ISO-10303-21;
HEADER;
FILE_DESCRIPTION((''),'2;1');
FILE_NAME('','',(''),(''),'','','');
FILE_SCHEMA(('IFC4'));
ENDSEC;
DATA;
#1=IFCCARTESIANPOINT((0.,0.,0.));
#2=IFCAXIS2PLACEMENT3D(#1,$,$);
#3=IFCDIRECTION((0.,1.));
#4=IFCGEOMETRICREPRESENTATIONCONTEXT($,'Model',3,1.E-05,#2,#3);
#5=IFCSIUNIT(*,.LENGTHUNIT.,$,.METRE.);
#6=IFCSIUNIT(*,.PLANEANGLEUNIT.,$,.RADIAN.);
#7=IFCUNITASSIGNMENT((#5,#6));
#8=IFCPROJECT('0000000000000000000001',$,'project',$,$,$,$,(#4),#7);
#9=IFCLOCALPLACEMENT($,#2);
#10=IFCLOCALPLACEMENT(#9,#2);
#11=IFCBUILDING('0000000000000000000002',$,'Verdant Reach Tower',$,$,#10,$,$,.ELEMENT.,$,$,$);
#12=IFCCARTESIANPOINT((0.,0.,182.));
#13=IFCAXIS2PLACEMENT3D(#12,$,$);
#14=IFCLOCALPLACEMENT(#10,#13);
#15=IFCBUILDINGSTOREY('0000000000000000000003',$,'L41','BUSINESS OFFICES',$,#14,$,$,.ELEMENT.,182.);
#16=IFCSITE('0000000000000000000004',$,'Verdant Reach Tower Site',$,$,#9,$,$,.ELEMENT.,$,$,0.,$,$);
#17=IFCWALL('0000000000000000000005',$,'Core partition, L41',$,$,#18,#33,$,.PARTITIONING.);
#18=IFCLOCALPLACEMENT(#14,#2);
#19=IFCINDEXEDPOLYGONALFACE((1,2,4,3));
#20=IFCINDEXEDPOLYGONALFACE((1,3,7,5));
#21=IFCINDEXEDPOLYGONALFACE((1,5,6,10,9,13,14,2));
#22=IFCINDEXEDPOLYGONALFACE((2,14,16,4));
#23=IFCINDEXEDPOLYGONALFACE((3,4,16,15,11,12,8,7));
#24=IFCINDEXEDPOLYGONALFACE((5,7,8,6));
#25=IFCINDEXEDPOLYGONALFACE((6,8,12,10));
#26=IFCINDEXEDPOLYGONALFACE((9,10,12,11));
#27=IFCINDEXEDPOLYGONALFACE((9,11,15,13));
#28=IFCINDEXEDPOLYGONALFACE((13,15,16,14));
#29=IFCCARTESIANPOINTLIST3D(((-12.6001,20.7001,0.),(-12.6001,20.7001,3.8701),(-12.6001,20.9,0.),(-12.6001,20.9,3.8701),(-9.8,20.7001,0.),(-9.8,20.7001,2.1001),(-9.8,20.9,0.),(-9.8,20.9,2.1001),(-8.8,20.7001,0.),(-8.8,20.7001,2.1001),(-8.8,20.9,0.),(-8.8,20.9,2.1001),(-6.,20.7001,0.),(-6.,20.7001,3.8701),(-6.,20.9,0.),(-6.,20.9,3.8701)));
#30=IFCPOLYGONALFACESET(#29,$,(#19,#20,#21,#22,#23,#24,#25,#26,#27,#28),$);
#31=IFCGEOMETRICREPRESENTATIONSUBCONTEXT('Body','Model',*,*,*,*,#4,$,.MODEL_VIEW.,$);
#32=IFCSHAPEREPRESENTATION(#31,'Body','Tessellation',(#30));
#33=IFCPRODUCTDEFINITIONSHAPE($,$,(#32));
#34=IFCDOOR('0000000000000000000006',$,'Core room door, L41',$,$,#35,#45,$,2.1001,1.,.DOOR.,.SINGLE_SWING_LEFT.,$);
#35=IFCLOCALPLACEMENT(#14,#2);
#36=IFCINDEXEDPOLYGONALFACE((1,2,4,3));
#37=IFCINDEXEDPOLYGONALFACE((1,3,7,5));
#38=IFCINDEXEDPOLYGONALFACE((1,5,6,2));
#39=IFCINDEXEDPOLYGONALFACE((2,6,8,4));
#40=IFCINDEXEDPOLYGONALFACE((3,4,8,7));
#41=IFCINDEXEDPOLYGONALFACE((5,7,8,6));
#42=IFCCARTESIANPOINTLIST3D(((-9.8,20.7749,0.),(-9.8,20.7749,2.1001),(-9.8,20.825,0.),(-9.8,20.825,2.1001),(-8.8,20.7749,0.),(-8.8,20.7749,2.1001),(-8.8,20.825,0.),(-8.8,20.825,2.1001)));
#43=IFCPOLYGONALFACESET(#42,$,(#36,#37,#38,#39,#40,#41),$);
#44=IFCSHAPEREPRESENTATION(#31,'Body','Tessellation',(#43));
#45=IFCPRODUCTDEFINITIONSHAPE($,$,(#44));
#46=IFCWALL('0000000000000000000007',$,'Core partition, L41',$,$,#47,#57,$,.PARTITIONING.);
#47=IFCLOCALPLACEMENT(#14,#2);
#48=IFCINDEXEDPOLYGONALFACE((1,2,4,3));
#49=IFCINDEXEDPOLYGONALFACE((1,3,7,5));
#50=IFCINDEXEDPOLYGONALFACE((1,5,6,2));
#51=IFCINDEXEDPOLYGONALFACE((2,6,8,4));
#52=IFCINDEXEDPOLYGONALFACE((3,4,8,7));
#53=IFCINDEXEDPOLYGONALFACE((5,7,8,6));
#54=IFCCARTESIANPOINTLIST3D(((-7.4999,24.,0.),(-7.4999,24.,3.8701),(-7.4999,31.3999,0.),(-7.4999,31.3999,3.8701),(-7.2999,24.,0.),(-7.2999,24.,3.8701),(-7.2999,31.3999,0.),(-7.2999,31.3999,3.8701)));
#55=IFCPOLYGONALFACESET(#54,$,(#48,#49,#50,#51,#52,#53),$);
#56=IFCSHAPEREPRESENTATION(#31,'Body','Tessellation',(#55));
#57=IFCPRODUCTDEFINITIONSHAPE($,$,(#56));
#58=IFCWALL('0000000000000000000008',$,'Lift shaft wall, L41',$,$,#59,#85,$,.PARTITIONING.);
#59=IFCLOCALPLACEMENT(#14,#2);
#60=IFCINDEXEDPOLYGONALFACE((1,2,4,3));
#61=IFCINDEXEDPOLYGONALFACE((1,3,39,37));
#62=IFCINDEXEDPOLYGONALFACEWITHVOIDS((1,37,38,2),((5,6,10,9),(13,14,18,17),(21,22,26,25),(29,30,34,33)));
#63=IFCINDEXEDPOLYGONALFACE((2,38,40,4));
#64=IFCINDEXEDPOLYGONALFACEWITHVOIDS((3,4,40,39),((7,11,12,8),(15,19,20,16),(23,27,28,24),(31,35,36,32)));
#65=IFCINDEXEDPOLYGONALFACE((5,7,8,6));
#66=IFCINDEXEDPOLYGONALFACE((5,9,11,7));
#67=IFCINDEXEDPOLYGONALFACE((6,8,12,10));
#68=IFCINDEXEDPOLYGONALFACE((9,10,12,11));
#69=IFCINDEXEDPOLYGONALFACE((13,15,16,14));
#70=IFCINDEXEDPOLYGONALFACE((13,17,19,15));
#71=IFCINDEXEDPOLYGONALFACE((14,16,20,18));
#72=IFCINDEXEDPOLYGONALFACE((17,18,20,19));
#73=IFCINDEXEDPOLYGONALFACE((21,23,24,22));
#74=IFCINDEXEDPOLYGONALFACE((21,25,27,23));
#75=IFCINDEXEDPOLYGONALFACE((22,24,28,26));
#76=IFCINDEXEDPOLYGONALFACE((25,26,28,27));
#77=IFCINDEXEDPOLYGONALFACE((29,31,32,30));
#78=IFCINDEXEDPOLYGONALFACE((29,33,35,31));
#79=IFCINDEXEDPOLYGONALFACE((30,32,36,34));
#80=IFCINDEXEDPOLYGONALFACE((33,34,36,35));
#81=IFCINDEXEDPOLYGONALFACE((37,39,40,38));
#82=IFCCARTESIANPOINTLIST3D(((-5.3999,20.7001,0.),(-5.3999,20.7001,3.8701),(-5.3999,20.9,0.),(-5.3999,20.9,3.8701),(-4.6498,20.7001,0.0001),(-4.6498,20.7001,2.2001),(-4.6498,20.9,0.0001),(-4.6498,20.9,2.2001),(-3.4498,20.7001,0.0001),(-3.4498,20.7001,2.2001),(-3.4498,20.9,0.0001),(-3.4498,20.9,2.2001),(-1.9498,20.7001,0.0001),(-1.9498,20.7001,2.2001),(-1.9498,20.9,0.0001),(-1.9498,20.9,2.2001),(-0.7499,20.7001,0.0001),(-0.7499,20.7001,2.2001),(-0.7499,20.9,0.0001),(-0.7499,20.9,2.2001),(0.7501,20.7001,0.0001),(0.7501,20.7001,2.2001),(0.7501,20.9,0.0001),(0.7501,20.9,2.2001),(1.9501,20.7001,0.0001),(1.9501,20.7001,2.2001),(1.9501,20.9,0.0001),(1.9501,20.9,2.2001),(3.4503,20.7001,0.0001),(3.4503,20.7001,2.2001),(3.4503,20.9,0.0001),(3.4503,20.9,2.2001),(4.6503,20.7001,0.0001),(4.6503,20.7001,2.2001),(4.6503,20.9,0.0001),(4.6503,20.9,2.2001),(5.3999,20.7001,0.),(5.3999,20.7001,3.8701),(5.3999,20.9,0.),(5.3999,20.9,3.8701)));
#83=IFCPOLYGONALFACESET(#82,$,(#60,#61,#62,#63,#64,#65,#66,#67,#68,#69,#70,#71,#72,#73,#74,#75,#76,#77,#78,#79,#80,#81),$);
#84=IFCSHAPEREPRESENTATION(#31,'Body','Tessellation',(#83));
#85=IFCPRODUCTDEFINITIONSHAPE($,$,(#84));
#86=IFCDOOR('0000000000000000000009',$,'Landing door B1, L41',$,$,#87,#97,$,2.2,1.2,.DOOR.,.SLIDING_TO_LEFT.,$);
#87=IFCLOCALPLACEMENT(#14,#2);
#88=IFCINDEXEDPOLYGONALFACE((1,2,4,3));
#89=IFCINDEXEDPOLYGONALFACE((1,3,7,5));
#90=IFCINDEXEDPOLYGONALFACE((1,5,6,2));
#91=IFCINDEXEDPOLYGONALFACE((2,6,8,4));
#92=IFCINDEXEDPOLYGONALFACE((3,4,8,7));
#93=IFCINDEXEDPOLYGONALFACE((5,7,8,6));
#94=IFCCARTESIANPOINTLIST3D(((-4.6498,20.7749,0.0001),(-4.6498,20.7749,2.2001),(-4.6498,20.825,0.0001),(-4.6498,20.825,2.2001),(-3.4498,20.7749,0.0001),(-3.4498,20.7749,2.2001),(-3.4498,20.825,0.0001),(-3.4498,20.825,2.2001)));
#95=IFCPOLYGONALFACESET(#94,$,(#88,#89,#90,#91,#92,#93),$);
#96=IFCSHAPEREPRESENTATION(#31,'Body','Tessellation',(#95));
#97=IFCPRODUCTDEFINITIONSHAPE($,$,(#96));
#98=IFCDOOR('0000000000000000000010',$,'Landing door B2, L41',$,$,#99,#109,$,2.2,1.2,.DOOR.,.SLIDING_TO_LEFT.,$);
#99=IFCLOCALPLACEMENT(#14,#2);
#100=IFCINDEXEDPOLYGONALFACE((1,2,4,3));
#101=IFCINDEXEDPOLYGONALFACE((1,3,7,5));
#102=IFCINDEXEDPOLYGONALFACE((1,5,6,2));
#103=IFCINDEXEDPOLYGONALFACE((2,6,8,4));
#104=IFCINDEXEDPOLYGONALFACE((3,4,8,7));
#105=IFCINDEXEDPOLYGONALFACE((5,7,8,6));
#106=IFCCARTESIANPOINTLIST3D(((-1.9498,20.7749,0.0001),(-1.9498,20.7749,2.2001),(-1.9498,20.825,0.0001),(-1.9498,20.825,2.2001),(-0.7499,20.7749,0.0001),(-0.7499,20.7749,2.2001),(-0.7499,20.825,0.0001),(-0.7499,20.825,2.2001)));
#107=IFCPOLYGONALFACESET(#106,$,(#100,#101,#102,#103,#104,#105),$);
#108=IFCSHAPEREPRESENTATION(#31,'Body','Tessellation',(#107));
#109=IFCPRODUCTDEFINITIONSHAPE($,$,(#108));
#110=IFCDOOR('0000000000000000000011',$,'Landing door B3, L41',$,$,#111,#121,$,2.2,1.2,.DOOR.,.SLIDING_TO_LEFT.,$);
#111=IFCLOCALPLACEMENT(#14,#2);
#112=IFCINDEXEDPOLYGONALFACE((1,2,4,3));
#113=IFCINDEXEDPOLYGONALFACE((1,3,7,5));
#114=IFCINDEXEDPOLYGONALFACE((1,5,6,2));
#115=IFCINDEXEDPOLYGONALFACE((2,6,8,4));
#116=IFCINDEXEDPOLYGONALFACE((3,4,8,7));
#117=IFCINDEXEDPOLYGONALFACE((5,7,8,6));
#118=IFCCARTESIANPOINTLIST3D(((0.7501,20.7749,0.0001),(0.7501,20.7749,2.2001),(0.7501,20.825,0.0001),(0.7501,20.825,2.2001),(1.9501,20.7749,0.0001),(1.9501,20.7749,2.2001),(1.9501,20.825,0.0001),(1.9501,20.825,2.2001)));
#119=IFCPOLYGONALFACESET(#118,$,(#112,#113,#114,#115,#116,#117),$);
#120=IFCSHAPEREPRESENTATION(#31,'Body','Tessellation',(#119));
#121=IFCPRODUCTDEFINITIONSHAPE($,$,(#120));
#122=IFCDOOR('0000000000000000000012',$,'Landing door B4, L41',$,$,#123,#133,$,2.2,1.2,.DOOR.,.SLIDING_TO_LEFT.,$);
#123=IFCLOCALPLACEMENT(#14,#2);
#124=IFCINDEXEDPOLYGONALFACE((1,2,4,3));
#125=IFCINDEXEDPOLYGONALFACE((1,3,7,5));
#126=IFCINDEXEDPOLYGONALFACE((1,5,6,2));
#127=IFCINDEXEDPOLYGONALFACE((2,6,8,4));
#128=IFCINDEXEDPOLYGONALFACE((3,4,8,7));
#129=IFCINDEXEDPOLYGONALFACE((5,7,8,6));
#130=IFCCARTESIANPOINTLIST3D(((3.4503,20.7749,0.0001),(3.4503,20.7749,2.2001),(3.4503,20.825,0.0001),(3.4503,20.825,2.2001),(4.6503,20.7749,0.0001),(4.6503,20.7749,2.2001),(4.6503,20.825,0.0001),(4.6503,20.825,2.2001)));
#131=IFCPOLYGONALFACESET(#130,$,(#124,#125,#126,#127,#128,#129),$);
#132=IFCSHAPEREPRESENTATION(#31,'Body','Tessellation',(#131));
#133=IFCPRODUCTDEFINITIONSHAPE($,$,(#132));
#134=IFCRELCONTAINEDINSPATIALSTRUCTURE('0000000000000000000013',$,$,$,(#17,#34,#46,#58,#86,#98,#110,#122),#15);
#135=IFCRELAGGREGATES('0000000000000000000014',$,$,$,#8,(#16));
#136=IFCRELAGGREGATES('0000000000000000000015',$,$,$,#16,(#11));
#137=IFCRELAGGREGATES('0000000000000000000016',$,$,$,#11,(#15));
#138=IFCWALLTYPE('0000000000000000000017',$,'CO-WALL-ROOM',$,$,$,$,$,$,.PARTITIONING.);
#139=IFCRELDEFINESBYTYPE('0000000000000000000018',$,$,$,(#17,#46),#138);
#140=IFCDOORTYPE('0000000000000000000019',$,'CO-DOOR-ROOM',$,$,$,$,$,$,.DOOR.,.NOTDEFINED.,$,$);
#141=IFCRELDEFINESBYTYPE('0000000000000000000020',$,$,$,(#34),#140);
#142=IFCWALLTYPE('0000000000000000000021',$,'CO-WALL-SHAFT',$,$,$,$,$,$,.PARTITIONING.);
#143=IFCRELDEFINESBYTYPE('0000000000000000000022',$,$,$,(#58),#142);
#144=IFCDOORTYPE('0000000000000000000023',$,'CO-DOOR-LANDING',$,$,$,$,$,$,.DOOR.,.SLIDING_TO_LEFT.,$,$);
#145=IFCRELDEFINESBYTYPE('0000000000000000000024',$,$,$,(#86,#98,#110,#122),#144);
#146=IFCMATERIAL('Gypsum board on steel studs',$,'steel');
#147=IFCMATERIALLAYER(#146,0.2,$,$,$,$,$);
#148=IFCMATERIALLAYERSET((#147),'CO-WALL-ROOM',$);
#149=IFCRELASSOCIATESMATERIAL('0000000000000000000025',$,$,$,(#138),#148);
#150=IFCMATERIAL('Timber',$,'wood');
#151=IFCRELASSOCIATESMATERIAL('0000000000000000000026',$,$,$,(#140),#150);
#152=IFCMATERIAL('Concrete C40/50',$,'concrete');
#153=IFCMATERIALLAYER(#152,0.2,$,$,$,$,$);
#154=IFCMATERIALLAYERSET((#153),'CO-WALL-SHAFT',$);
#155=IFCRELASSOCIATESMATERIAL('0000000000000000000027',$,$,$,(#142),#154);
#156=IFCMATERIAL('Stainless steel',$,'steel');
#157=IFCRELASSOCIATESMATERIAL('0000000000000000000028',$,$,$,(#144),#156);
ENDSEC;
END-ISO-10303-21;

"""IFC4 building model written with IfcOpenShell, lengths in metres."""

from ifc_helpers import new_model, si_unit, direction, frame, frame_2d, origin, place, context, subcontext, project, spatial, rectangle, extrude, material, layer, layer_set, type_object, element, fill, save


model = new_model("IFC4")

# Units and contexts
model_context = context("Model", 3, precision=1e-05, world=origin(), true_north=direction((0.0, 1.0)))
body_context = subcontext(model_context, "Body", "Model", "MODEL_VIEW")
ifc_project = project(units=[si_unit("LENGTHUNIT", "METRE"), si_unit("PLANEANGLEUNIT", "RADIAN")], contexts=[model_context])

# Site, building, storey
site_placement = place(None, origin())
site = spatial("IfcSite", under=ifc_project, at=site_placement, Name="Verdant Reach Tower Site", CompositionType="ELEMENT", RefElevation=0.0)
building_placement = place(site_placement, origin())
building = spatial("IfcBuilding", under=site, at=building_placement, Name="Verdant Reach Tower", CompositionType="ELEMENT")
storey_placement = place(building_placement, frame((0.0, 0.0, 182.0)))
storey = spatial("IfcBuildingStorey", under=building, at=storey_placement, Name="L41", Description="BUSINESS OFFICES", CompositionType="ELEMENT", Elevation=182.0)

# Wall, opening, door
ifc_material_1 = material(Name="Gypsum board on steel studs", Category="steel")
ifc_layer_1 = layer(ifc_material_1, 0.2)
ifc_layer_set_1 = layer_set([ifc_layer_1], Name="CO-WALL-ROOM")
wall_type_1 = type_object("IfcWallType", Name="CO-WALL-ROOM", PredefinedType="PARTITIONING", material=ifc_layer_set_1)
wall_1_placement = place(storey_placement, frame((-12.6001, 20.8, 0.0), z_axis=(0.0, 0.0, 1.0), x_axis=(1.0, 0.0, 0.0)))
wall_1 = element("IfcWall", 1, at=wall_1_placement, inside=storey, type_object=wall_type_1, Name="Core partition, L41", PredefinedType="PARTITIONING", context=body_context, shape_type="SweptSolid", body=[
    extrude(rectangle(XDim=6.6001, YDim=0.2, at=frame_2d((3.3, 0.0))), origin(), (0.0, 0.0, 1.0), 3.8701),
])
opening_1_placement = place(wall_1_placement, frame((2.8, 0.0, 0.0)))
opening_1 = element("IfcOpeningElement", 2, at=opening_1_placement, cuts=wall_1, PredefinedType="OPENING", context=body_context, shape_type="SweptSolid", body=[
    extrude(rectangle(XDim=1.0, YDim=2.1001, at=frame_2d((0.5, 1.05))), frame((0.0, 0.1099, 0.0), z_axis=(0.0, -1.0, 0.0), x_axis=(1.0, 0.0, 0.0)), (0.0, 0.0, 1.0), 0.22),
])
ifc_material_2 = material(Name="Timber", Category="wood")
door_type_1 = type_object("IfcDoorType", Name="CO-DOOR-ROOM", OperationType="NOTDEFINED", PredefinedType="DOOR", material=ifc_material_2)
door_1_placement = place(opening_1_placement, origin())
door_1 = element("IfcDoor", 3, at=door_1_placement, inside=storey, type_object=door_type_1, Name="Core room door, L41", OperationType="SINGLE_SWING_LEFT", OverallHeight=2.1001, OverallWidth=1.0, PredefinedType="DOOR", context=body_context, shape_type="SweptSolid", body=[
    extrude(rectangle(XDim=1.0, YDim=2.1001, at=frame_2d((0.5, 1.05))), frame((0.0, 0.0249, 0.0), z_axis=(0.0, -1.0, 0.0), x_axis=(1.0, 0.0, 0.0)), (0.0, 0.0, 1.0), 0.05),
])
fill(opening_1, door_1)

# Wall
wall_2_placement = place(storey_placement, frame((-7.3999, 24.0, 0.0), z_axis=(0.0, 0.0, 1.0), x_axis=(0.0, 1.0, 0.0)))
element("IfcWall", 4, at=wall_2_placement, inside=storey, type_object=wall_type_1, Name="Core partition, L41", PredefinedType="PARTITIONING", context=body_context, shape_type="SweptSolid", body=[
    extrude(rectangle(XDim=7.3999, YDim=0.2, at=frame_2d((3.7, 0.0))), origin(), (0.0, 0.0, 1.0), 3.8701),
])

# Wall, openings, doors
ifc_material_3 = material(Name="Concrete C40/50", Category="concrete")
ifc_layer_2 = layer(ifc_material_3, 0.2)
ifc_layer_set_2 = layer_set([ifc_layer_2], Name="CO-WALL-SHAFT")
wall_type_2 = type_object("IfcWallType", Name="CO-WALL-SHAFT", PredefinedType="PARTITIONING", material=ifc_layer_set_2)
wall_3_placement = place(storey_placement, frame((-5.3999, 20.8, 0.0), z_axis=(0.0, 0.0, 1.0), x_axis=(1.0, 0.0, 0.0)))
wall_3 = element("IfcWall", 5, at=wall_3_placement, inside=storey, type_object=wall_type_2, Name="Lift shaft wall, L41", PredefinedType="PARTITIONING", context=body_context, shape_type="SweptSolid", body=[
    extrude(rectangle(XDim=10.7998, YDim=0.2, at=frame_2d((5.3999, 0.0))), origin(), (0.0, 0.0, 1.0), 3.8701),
])
opening_2_placement = place(wall_3_placement, frame((0.75, 0.0, 0.0)))
opening_2 = element("IfcOpeningElement", 6, at=opening_2_placement, cuts=wall_3, PredefinedType="OPENING", context=body_context, shape_type="SweptSolid", body=[
    extrude(rectangle(XDim=1.2, YDim=2.2, at=frame_2d((0.6001, 1.1001))), frame((0.0, 0.1099, 0.0), z_axis=(0.0, -1.0, 0.0), x_axis=(1.0, 0.0, 0.0)), (0.0, 0.0, 1.0), 0.22),
])
opening_3_placement = place(wall_3_placement, frame((3.45, 0.0, 0.0)))
opening_3 = element("IfcOpeningElement", 7, at=opening_3_placement, cuts=wall_3, PredefinedType="OPENING", context=body_context, shape_type="SweptSolid", body=[
    extrude(rectangle(XDim=1.2, YDim=2.2, at=frame_2d((0.6001, 1.1001))), frame((0.0, 0.1099, 0.0), z_axis=(0.0, -1.0, 0.0), x_axis=(1.0, 0.0, 0.0)), (0.0, 0.0, 1.0), 0.22),
])
opening_4_placement = place(wall_3_placement, frame((6.1499, 0.0, 0.0)))
opening_4 = element("IfcOpeningElement", 8, at=opening_4_placement, cuts=wall_3, PredefinedType="OPENING", context=body_context, shape_type="SweptSolid", body=[
    extrude(rectangle(XDim=1.2, YDim=2.2, at=frame_2d((0.6001, 1.1001))), frame((0.0, 0.1099, 0.0), z_axis=(0.0, -1.0, 0.0), x_axis=(1.0, 0.0, 0.0)), (0.0, 0.0, 1.0), 0.22),
])
opening_5_placement = place(wall_3_placement, frame((8.8501, 0.0, 0.0)))
opening_5 = element("IfcOpeningElement", 9, at=opening_5_placement, cuts=wall_3, PredefinedType="OPENING", context=body_context, shape_type="SweptSolid", body=[
    extrude(rectangle(XDim=1.2, YDim=2.2, at=frame_2d((0.6001, 1.1001))), frame((0.0, 0.1099, 0.0), z_axis=(0.0, -1.0, 0.0), x_axis=(1.0, 0.0, 0.0)), (0.0, 0.0, 1.0), 0.22),
])
ifc_material_4 = material(Name="Stainless steel", Category="steel")
door_type_2 = type_object("IfcDoorType", Name="CO-DOOR-LANDING", OperationType="SLIDING_TO_LEFT", PredefinedType="DOOR", material=ifc_material_4)
door_2_placement = place(opening_2_placement, origin())
door_2 = element("IfcDoor", 10, at=door_2_placement, inside=storey, type_object=door_type_2, Name="Landing door B1, L41", OperationType="SLIDING_TO_LEFT", OverallHeight=2.2, OverallWidth=1.2, PredefinedType="DOOR", context=body_context, shape_type="SweptSolid", body=[
    extrude(rectangle(XDim=1.2, YDim=2.2, at=frame_2d((0.6001, 1.1001))), frame((0.0, 0.0249, 0.0), z_axis=(0.0, -1.0, 0.0), x_axis=(1.0, 0.0, 0.0)), (0.0, 0.0, 1.0), 0.05),
])
fill(opening_2, door_2)
door_3_placement = place(opening_3_placement, origin())
door_3 = element("IfcDoor", 11, at=door_3_placement, inside=storey, type_object=door_type_2, Name="Landing door B2, L41", OperationType="SLIDING_TO_LEFT", OverallHeight=2.2, OverallWidth=1.2, PredefinedType="DOOR", context=body_context, shape_type="SweptSolid", body=[
    extrude(rectangle(XDim=1.2, YDim=2.2, at=frame_2d((0.6001, 1.1001))), frame((0.0, 0.0249, 0.0), z_axis=(0.0, -1.0, 0.0), x_axis=(1.0, 0.0, 0.0)), (0.0, 0.0, 1.0), 0.05),
])
fill(opening_3, door_3)
door_4_placement = place(opening_4_placement, origin())
door_4 = element("IfcDoor", 12, at=door_4_placement, inside=storey, type_object=door_type_2, Name="Landing door B3, L41", OperationType="SLIDING_TO_LEFT", OverallHeight=2.2, OverallWidth=1.2, PredefinedType="DOOR", context=body_context, shape_type="SweptSolid", body=[
    extrude(rectangle(XDim=1.2, YDim=2.2, at=frame_2d((0.6001, 1.1001))), frame((0.0, 0.0249, 0.0), z_axis=(0.0, -1.0, 0.0), x_axis=(1.0, 0.0, 0.0)), (0.0, 0.0, 1.0), 0.05),
])
fill(opening_4, door_4)
door_5_placement = place(opening_5_placement, origin())
door_5 = element("IfcDoor", 13, at=door_5_placement, inside=storey, type_object=door_type_2, Name="Landing door B4, L41", OperationType="SLIDING_TO_LEFT", OverallHeight=2.2, OverallWidth=1.2, PredefinedType="DOOR", context=body_context, shape_type="SweptSolid", body=[
    extrude(rectangle(XDim=1.2, YDim=2.2, at=frame_2d((0.6001, 1.1001))), frame((0.0, 0.0249, 0.0), z_axis=(0.0, -1.0, 0.0), x_axis=(1.0, 0.0, 0.0)), (0.0, 0.0, 1.0), 0.05),
])
fill(opening_5, door_5)

save(model, "model.ifc")
